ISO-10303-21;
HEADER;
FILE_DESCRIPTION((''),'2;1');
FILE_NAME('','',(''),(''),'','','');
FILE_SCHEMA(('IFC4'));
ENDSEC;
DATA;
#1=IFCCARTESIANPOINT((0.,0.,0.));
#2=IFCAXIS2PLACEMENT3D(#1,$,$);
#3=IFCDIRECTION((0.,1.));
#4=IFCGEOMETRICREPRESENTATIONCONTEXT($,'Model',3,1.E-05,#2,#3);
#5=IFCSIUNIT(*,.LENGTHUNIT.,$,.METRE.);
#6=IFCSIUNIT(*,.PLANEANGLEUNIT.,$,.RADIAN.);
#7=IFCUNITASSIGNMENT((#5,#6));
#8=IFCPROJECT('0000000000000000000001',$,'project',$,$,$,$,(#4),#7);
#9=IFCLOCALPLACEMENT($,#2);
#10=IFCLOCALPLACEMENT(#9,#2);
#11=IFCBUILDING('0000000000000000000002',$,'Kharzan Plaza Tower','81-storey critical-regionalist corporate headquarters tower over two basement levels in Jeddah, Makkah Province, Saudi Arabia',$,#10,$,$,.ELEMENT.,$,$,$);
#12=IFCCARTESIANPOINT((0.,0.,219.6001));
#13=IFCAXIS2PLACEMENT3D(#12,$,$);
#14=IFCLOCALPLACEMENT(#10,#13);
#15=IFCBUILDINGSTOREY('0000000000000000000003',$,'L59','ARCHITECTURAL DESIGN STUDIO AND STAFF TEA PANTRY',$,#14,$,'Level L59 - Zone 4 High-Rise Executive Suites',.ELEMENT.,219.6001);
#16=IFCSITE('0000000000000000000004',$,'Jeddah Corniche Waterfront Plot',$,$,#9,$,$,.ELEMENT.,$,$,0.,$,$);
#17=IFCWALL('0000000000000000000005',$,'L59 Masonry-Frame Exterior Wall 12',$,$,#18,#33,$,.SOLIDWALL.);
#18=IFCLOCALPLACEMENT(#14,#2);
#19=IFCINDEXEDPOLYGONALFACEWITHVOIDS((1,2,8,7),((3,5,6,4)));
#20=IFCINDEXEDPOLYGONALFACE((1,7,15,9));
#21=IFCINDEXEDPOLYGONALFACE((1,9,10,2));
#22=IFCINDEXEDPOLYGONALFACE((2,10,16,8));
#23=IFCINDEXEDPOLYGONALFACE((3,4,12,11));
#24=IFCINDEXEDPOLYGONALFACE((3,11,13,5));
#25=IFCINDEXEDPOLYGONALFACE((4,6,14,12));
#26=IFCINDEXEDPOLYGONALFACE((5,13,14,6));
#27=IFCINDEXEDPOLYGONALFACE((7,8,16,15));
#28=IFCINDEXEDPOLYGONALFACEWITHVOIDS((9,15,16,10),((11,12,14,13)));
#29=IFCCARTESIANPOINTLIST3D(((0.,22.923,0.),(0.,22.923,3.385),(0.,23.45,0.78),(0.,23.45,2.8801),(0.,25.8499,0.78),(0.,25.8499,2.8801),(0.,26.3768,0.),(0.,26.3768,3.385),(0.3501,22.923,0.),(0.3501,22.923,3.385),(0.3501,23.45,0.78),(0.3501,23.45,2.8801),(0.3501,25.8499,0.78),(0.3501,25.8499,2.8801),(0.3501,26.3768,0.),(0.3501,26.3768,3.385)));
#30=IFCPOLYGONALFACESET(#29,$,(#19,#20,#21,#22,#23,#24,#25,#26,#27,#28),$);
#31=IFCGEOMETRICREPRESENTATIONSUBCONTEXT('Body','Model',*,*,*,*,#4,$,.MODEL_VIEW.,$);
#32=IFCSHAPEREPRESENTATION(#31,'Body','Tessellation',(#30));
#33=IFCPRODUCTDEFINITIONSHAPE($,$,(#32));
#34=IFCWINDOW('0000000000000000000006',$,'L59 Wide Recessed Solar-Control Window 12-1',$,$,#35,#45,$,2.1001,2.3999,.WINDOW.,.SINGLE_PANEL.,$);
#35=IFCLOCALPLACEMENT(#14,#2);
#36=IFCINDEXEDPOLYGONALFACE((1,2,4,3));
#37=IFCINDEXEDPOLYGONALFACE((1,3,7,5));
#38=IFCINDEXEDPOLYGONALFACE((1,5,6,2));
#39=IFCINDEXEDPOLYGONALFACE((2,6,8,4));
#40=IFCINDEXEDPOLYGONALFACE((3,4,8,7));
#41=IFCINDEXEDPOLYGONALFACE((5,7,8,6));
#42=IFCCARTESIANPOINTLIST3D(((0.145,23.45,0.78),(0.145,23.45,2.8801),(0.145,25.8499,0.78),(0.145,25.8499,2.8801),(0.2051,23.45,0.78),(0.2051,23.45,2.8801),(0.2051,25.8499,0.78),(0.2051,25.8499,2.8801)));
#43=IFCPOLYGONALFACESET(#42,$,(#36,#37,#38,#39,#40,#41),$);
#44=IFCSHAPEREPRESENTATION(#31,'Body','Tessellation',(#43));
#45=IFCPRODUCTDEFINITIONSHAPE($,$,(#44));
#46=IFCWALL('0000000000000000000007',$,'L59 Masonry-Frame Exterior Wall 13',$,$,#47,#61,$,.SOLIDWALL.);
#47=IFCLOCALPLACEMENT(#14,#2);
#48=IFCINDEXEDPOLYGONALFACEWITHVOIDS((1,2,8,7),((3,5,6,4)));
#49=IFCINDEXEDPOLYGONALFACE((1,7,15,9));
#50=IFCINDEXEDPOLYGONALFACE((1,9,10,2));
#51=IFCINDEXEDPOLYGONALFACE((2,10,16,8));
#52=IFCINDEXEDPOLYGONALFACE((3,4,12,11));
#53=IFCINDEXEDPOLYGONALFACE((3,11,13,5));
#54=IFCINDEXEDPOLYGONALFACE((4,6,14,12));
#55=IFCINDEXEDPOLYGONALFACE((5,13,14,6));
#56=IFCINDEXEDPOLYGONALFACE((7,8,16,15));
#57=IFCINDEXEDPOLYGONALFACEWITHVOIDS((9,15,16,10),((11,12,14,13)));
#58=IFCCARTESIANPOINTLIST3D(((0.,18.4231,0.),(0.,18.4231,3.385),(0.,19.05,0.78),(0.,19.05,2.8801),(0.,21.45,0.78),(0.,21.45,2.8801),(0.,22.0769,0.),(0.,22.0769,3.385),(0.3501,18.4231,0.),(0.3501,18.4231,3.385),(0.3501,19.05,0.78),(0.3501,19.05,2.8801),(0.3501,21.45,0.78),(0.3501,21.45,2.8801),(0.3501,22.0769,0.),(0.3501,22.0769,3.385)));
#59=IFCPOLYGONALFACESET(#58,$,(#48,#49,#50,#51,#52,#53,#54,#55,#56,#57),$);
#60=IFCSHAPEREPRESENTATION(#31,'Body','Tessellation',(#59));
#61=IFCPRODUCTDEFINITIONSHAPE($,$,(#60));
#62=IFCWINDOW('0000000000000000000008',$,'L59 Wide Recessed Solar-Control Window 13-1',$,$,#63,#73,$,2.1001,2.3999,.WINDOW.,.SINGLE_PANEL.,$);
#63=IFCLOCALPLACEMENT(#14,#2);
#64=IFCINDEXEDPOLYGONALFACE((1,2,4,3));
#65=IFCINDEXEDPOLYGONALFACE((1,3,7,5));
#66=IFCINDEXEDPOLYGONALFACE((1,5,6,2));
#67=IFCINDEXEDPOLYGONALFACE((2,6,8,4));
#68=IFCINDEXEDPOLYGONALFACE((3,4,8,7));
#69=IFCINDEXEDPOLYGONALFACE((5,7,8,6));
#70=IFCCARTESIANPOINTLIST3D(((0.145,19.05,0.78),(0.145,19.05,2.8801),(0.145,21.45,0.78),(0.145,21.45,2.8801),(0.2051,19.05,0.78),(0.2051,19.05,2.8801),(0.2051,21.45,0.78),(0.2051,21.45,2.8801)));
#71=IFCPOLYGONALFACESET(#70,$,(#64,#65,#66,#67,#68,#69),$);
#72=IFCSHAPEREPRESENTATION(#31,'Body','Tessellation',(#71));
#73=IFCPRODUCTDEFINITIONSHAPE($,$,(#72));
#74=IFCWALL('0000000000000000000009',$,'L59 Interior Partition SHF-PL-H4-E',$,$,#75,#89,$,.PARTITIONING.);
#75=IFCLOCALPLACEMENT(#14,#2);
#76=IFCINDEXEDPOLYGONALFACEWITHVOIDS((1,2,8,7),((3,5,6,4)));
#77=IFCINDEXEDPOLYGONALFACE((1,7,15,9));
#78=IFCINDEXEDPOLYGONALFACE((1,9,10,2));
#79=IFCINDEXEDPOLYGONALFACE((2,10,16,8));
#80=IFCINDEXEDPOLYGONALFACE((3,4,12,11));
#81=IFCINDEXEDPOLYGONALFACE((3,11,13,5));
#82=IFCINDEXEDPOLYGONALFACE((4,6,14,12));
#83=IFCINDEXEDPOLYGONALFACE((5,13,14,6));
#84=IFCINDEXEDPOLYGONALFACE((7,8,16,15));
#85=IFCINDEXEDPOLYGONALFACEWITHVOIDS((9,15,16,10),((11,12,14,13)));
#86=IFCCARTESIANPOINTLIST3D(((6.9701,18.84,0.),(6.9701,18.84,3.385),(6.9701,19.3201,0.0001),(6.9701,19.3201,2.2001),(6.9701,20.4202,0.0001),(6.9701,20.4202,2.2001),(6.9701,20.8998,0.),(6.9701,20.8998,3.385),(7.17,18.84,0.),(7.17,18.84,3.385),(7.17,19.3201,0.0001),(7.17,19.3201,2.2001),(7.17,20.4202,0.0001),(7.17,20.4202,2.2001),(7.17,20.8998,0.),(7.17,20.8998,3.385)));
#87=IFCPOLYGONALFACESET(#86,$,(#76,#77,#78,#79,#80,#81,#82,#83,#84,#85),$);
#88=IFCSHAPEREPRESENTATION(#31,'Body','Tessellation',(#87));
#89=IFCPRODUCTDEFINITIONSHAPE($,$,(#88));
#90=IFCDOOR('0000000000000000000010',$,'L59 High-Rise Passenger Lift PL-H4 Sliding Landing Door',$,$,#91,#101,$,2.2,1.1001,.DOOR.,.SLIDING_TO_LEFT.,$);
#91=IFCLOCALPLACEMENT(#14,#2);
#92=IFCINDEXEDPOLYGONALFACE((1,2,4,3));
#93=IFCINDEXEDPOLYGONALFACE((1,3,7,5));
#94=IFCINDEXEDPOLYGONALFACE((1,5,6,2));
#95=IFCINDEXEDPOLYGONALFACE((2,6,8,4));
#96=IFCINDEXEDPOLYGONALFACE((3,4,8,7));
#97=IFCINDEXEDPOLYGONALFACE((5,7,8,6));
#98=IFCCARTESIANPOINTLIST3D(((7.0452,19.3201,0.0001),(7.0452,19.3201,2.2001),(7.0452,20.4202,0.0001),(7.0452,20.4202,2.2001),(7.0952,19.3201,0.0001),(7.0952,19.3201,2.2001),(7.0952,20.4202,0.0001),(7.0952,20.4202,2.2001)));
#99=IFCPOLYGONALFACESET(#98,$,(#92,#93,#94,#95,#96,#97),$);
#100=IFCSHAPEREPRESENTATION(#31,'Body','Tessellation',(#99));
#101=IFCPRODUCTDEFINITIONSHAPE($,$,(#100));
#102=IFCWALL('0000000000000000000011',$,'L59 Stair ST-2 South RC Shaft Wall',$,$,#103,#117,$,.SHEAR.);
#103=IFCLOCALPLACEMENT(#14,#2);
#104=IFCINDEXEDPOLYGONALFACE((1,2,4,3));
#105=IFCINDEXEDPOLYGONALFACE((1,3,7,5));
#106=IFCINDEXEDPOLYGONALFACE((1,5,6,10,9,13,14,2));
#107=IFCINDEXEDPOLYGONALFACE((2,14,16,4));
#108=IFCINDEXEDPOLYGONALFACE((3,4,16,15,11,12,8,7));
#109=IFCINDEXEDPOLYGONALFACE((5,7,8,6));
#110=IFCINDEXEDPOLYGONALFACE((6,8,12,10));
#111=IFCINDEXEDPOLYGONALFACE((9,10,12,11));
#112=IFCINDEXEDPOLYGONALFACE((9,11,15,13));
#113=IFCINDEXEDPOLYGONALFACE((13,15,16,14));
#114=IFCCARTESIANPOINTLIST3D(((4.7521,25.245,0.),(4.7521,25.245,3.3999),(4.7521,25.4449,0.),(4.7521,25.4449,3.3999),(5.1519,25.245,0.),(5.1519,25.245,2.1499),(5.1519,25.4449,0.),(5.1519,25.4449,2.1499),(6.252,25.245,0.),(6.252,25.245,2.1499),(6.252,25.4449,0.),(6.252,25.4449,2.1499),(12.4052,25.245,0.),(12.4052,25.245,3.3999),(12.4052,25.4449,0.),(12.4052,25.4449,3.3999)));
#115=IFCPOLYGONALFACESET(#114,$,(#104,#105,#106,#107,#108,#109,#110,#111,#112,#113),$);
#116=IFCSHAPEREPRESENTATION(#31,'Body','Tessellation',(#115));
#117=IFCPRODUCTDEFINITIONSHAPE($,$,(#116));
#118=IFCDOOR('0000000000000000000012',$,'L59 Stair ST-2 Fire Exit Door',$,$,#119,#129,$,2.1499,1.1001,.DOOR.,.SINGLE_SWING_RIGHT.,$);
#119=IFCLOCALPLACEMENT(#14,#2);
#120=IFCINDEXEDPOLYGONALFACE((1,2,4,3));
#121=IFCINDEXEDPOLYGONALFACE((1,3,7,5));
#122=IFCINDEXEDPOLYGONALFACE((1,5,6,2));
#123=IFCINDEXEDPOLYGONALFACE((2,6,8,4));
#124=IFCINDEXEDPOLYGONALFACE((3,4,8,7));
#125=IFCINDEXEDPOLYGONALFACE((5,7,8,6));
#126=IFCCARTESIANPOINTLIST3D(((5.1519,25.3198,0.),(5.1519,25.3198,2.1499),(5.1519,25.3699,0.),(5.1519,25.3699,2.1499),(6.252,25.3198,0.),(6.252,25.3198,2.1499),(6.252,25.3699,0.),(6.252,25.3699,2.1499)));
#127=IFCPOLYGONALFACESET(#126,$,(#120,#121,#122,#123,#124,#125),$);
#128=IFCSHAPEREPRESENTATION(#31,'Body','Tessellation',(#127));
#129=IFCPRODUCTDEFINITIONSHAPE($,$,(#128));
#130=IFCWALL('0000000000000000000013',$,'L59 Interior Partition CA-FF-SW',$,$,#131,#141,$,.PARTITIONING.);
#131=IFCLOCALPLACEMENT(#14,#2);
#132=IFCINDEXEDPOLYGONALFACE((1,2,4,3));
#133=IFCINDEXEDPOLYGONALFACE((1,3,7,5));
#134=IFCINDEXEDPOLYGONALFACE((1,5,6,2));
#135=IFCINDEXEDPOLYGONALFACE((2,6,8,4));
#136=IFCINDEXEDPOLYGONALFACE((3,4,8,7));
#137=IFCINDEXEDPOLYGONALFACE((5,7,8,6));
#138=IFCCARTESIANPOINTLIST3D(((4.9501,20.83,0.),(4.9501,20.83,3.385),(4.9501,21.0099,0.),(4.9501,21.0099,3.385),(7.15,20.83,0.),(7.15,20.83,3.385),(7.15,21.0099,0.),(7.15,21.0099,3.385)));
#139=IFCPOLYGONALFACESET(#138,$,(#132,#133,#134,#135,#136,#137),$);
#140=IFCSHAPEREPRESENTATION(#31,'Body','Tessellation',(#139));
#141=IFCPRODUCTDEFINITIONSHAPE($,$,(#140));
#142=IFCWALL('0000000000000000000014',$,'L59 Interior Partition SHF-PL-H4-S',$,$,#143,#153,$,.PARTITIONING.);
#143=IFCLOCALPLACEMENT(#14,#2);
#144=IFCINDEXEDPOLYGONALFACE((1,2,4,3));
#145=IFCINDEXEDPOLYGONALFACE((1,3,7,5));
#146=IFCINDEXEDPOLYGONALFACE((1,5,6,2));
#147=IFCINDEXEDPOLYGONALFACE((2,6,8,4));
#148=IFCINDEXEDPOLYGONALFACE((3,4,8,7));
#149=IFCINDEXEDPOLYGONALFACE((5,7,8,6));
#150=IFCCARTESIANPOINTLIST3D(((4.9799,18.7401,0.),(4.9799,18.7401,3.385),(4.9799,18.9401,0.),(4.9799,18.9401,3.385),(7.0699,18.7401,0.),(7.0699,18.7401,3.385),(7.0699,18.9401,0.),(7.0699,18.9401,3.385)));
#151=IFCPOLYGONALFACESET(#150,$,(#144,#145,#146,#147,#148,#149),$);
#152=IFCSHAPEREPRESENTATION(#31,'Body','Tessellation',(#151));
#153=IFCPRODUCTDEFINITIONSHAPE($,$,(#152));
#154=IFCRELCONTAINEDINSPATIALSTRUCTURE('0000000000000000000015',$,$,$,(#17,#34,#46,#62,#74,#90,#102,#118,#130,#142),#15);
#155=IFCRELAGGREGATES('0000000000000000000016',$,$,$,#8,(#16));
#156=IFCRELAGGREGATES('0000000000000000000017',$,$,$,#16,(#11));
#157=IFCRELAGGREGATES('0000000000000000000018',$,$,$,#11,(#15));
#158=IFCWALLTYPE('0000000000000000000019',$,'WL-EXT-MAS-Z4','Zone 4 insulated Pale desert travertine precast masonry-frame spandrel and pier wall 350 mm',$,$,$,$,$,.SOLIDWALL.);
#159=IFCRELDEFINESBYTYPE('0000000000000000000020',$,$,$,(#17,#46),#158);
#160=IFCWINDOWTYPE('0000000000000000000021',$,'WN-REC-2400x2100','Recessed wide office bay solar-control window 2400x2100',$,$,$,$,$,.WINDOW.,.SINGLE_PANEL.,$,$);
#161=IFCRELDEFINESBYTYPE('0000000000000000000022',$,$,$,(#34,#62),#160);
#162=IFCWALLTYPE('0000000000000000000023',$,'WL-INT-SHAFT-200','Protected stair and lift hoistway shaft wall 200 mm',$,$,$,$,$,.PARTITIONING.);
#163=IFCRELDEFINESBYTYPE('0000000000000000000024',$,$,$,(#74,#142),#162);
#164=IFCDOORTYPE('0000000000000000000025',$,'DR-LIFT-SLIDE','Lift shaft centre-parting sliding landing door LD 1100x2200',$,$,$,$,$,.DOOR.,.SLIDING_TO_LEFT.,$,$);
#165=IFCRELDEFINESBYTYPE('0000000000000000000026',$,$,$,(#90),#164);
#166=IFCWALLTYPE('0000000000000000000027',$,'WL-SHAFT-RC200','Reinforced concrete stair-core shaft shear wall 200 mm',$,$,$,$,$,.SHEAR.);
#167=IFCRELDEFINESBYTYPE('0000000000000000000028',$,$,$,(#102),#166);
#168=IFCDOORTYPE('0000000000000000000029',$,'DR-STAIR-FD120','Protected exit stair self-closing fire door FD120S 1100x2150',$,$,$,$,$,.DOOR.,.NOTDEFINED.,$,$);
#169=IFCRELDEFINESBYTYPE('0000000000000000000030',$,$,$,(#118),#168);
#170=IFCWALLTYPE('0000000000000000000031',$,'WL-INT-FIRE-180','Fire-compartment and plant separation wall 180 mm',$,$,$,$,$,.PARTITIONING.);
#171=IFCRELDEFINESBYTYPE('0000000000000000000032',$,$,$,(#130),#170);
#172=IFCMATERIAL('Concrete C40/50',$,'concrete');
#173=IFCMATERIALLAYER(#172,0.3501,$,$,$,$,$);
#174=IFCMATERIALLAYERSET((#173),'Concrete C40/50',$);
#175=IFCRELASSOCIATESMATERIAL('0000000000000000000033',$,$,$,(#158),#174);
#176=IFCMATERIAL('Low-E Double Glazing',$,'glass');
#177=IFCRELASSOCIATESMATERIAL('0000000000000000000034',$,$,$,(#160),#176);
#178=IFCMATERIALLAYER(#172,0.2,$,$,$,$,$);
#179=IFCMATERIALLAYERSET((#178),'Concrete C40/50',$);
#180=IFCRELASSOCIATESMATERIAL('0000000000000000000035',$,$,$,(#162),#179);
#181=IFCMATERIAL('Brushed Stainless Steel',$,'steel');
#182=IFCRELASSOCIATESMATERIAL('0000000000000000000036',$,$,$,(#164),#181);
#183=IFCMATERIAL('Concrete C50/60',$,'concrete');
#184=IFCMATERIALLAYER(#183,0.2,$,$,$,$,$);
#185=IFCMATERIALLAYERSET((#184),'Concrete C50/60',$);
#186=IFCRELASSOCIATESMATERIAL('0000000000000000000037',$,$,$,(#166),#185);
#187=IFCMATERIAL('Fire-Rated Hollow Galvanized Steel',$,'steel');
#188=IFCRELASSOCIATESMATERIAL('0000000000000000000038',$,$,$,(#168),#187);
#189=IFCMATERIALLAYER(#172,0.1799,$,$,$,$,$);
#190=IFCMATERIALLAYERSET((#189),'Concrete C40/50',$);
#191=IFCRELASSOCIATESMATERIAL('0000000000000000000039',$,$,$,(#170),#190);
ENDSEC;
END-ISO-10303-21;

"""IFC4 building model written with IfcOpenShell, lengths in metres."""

from ifc_helpers import new_model, si_unit, direction, frame, frame_2d, origin, place, context, subcontext, project, spatial, rectangle, extrude, source, transform, mapped, material, layer, layer_set, type_object, element, fill, save


model = new_model("IFC4")

# Units and contexts
model_context = context("Model", 3, precision=1e-05, world=origin(), true_north=direction((0.0, 1.0)))
body_context = subcontext(model_context, "Body", "Model", "MODEL_VIEW")
ifc_project = project(units=[si_unit("LENGTHUNIT", "METRE"), si_unit("PLANEANGLEUNIT", "RADIAN")], contexts=[model_context])

# Site, building, storey
site_placement = place(None, origin())
site = spatial("IfcSite", under=ifc_project, at=site_placement, Name="Jeddah Corniche Waterfront Plot", CompositionType="ELEMENT", RefElevation=0.0)
building_placement = place(site_placement, origin())
building = spatial("IfcBuilding", under=site, at=building_placement, Name="Kharzan Plaza Tower", Description="81-storey critical-regionalist corporate headquarters tower over two basement levels in Jeddah, Makkah Province, Saudi Arabia", CompositionType="ELEMENT")
storey_placement = place(building_placement, frame((0.0, 0.0, 219.6001)))
storey = spatial("IfcBuildingStorey", under=building, at=storey_placement, Name="L59", Description="ARCHITECTURAL DESIGN STUDIO AND STAFF TEA PANTRY", LongName="Level L59 - Zone 4 High-Rise Executive Suites", CompositionType="ELEMENT", Elevation=219.6001)

# Shared definitions
ifc_material_1 = material(Name="Concrete C50/60", Category="concrete")

# Walls, openings, windows
ifc_material_2 = material(Name="Concrete C40/50", Category="concrete")
ifc_layer_1 = layer(ifc_material_2, 0.3501)
ifc_layer_set_1 = layer_set([ifc_layer_1], Name="Concrete C40/50")
wall_type_1 = type_object("IfcWallType", Name="WL-EXT-MAS-Z4", Description="Zone 4 insulated Pale desert travertine precast masonry-frame spandrel and pier wall 350 mm", PredefinedType="SOLIDWALL", material=ifc_layer_set_1)
wall_1_placement = place(storey_placement, frame((0.175, 26.377, 0.0), z_axis=(0.0, 0.0, 1.0), x_axis=(0.0, -1.0, 0.0)))
wall_1 = element("IfcWall", 1, at=wall_1_placement, inside=storey, type_object=wall_type_1, Name="L59 Masonry-Frame Exterior Wall 12", PredefinedType="SOLIDWALL", context=body_context, shape_type="SweptSolid", body=[
    extrude(rectangle(XDim=3.4539, YDim=0.3501, at=frame_2d((1.7271, 0.0))), origin(), (0.0, 0.0, 1.0), 3.385),
])
opening_1_placement = place(wall_1_placement, frame((0.5271, 0.0, 0.78)))
opening_1 = element("IfcOpeningElement", 2, at=opening_1_placement, cuts=wall_1, PredefinedType="OPENING", context=body_context, shape_type="SweptSolid", body=[
    extrude(rectangle(XDim=2.3999, YDim=2.1001, at=frame_2d((1.2, 1.05))), frame((0.0, 0.1851, 0.0), z_axis=(0.0, -1.0, 0.0), x_axis=(1.0, 0.0, 0.0)), (0.0, 0.0, 1.0), 0.3701),
])
ifc_material_3 = material(Name="Low-E Double Glazing", Category="glass")
window_type = type_object("IfcWindowType", Name="WN-REC-2400x2100", Description="Recessed wide office bay solar-control window 2400x2100", PartitioningType="SINGLE_PANEL", PredefinedType="WINDOW", material=ifc_material_3)
shared_shape_1 = source(origin(), body_context, "Body", "SweptSolid", [
    extrude(rectangle(XDim=2.3999, YDim=2.1001, at=frame_2d((1.2, 1.05))), frame((0.0, 0.03, 0.0), z_axis=(0.0, -1.0, 0.0), x_axis=(1.0, 0.0, 0.0)), (0.0, 0.0, 1.0), 0.0601),
])
window_1_placement = place(opening_1_placement, origin())
window_1 = element("IfcWindow", 3, at=window_1_placement, inside=storey, type_object=window_type, Name="L59 Wide Recessed Solar-Control Window 12-1", OverallHeight=2.1001, OverallWidth=2.3999, PartitioningType="SINGLE_PANEL", PredefinedType="WINDOW", context=body_context, shape_type="MappedRepresentation", body=[
    mapped(shared_shape_1, transform((0.0, 0.0, 0.0), x_axis=(1.0, 0.0, 0.0), y_axis=(0.0, 1.0, 0.0), z_axis=(0.0, 0.0, 1.0))),
])
fill(opening_1, window_1)
wall_2_placement = place(storey_placement, frame((0.175, 22.0769, 0.0), z_axis=(0.0, 0.0, 1.0), x_axis=(0.0, -1.0, 0.0)))
wall_2 = element("IfcWall", 4, at=wall_2_placement, inside=storey, type_object=wall_type_1, Name="L59 Masonry-Frame Exterior Wall 13", PredefinedType="SOLIDWALL", context=body_context, shape_type="SweptSolid", body=[
    extrude(rectangle(XDim=3.6538, YDim=0.3501, at=frame_2d((1.8269, 0.0))), origin(), (0.0, 0.0, 1.0), 3.385),
])
opening_2_placement = place(wall_2_placement, frame((0.627, 0.0, 0.78)))
opening_2 = element("IfcOpeningElement", 5, at=opening_2_placement, cuts=wall_2, PredefinedType="OPENING", context=body_context, shape_type="SweptSolid", body=[
    extrude(rectangle(XDim=2.3999, YDim=2.1001, at=frame_2d((1.2, 1.05))), frame((0.0, 0.1851, 0.0), z_axis=(0.0, -1.0, 0.0), x_axis=(1.0, 0.0, 0.0)), (0.0, 0.0, 1.0), 0.3701),
])
window_2_placement = place(opening_2_placement, origin())
window_2 = element("IfcWindow", 6, at=window_2_placement, inside=storey, type_object=window_type, Name="L59 Wide Recessed Solar-Control Window 13-1", OverallHeight=2.1001, OverallWidth=2.3999, PartitioningType="SINGLE_PANEL", PredefinedType="WINDOW", context=body_context, shape_type="MappedRepresentation", body=[
    mapped(shared_shape_1, transform((0.0, 0.0, 0.0), x_axis=(1.0, 0.0, 0.0), y_axis=(0.0, 1.0, 0.0), z_axis=(0.0, 0.0, 1.0))),
])
fill(opening_2, window_2)

# Walls, openings, doors
ifc_layer_2 = layer(ifc_material_2, 0.2)
ifc_layer_set_2 = layer_set([ifc_layer_2], Name="Concrete C40/50")
wall_type_2 = type_object("IfcWallType", Name="WL-INT-SHAFT-200", Description="Protected stair and lift hoistway shaft wall 200 mm", PredefinedType="PARTITIONING", material=ifc_layer_set_2)
wall_3_placement = place(storey_placement, frame((7.0701, 18.8401, 0.0), z_axis=(0.0, 0.0, 1.0), x_axis=(0.0, 1.0, 0.0)))
wall_3 = element("IfcWall", 7, at=wall_3_placement, inside=storey, type_object=wall_type_2, Name="L59 Interior Partition SHF-PL-H4-E", PredefinedType="PARTITIONING", context=body_context, shape_type="SweptSolid", body=[
    extrude(rectangle(XDim=2.0598, YDim=0.2, at=frame_2d((1.0298, 0.0))), origin(), (0.0, 0.0, 1.0), 3.385),
])
opening_3_placement = place(wall_3_placement, frame((0.48, 0.0, 0.0)))
opening_3 = element("IfcOpeningElement", 8, at=opening_3_placement, cuts=wall_3, PredefinedType="OPENING", context=body_context, shape_type="SweptSolid", body=[
    extrude(rectangle(XDim=1.1001, YDim=2.2, at=frame_2d((0.55, 1.1001))), frame((0.0, 0.1099, 0.0), z_axis=(0.0, -1.0, 0.0), x_axis=(1.0, 0.0, 0.0)), (0.0, 0.0, 1.0), 0.22),
])
ifc_material_4 = material(Name="Brushed Stainless Steel", Category="steel")
door_type_1 = type_object("IfcDoorType", Name="DR-LIFT-SLIDE", Description="Lift shaft centre-parting sliding landing door LD 1100x2200", OperationType="SLIDING_TO_LEFT", PredefinedType="DOOR", material=ifc_material_4)
shared_shape_2 = source(origin(), body_context, "Body", "SweptSolid", [
    extrude(rectangle(XDim=1.1001, YDim=2.2, at=frame_2d((0.55, 1.1001))), frame((0.0, 0.0249, 0.0), z_axis=(0.0, -1.0, 0.0), x_axis=(1.0, 0.0, 0.0)), (0.0, 0.0, 1.0), 0.05),
])
door_1_placement = place(opening_3_placement, origin())
door_1 = element("IfcDoor", 9, at=door_1_placement, inside=storey, type_object=door_type_1, Name="L59 High-Rise Passenger Lift PL-H4 Sliding Landing Door", OperationType="SLIDING_TO_LEFT", OverallHeight=2.2, OverallWidth=1.1001, PredefinedType="DOOR", context=body_context, shape_type="MappedRepresentation", body=[
    mapped(shared_shape_2, transform((0.0, 0.0, 0.0), x_axis=(1.0, 0.0, 0.0), y_axis=(0.0, 1.0, 0.0), z_axis=(0.0, 0.0, 1.0))),
])
fill(opening_3, door_1)
ifc_layer_3 = layer(ifc_material_1, 0.2)
ifc_layer_set_3 = layer_set([ifc_layer_3], Name="Concrete C50/60")
wall_type_3 = type_object("IfcWallType", Name="WL-SHAFT-RC200", Description="Reinforced concrete stair-core shaft shear wall 200 mm", PredefinedType="SHEAR", material=ifc_layer_set_3)
wall_4_placement = place(storey_placement, frame((4.752, 25.345, 0.0), z_axis=(0.0, 0.0, 1.0), x_axis=(1.0, 0.0, 0.0)))
wall_4 = element("IfcWall", 10, at=wall_4_placement, inside=storey, type_object=wall_type_3, Name="L59 Stair ST-2 South RC Shaft Wall", PredefinedType="SHEAR", context=body_context, shape_type="SweptSolid", body=[
    extrude(rectangle(XDim=7.6531, YDim=0.2, at=frame_2d((3.8267, 0.0))), origin(), (0.0, 0.0, 1.0), 3.3999),
])
opening_4_placement = place(wall_4_placement, frame((0.3999, 0.0, 0.0)))
opening_4 = element("IfcOpeningElement", 11, at=opening_4_placement, cuts=wall_4, PredefinedType="OPENING", context=body_context, shape_type="SweptSolid", body=[
    extrude(rectangle(XDim=1.1001, YDim=2.1499, at=frame_2d((0.55, 1.075))), frame((0.0, 0.1099, 0.0), z_axis=(0.0, -1.0, 0.0), x_axis=(1.0, 0.0, 0.0)), (0.0, 0.0, 1.0), 0.22),
])
ifc_material_5 = material(Name="Fire-Rated Hollow Galvanized Steel", Category="steel")
door_type_2 = type_object("IfcDoorType", Name="DR-STAIR-FD120", Description="Protected exit stair self-closing fire door FD120S 1100x2150", OperationType="NOTDEFINED", PredefinedType="DOOR", material=ifc_material_5)
shared_shape_3 = source(origin(), body_context, "Body", "SweptSolid", [
    extrude(rectangle(XDim=1.1001, YDim=2.1499, at=frame_2d((0.55, 1.075))), frame((0.0, 0.0249, 0.0), z_axis=(0.0, -1.0, 0.0), x_axis=(1.0, 0.0, 0.0)), (0.0, 0.0, 1.0), 0.05),
])
door_2_placement = place(opening_4_placement, origin())
door_2 = element("IfcDoor", 12, at=door_2_placement, inside=storey, type_object=door_type_2, Name="L59 Stair ST-2 Fire Exit Door", OperationType="SINGLE_SWING_RIGHT", OverallHeight=2.1499, OverallWidth=1.1001, PredefinedType="DOOR", context=body_context, shape_type="MappedRepresentation", body=[
    mapped(shared_shape_3, transform((0.0, 0.0, 0.0), x_axis=(1.0, 0.0, 0.0), y_axis=(0.0, 1.0, 0.0), z_axis=(0.0, 0.0, 1.0))),
])
fill(opening_4, door_2)

# Walls
ifc_layer_4 = layer(ifc_material_2, 0.1799)
ifc_layer_set_4 = layer_set([ifc_layer_4], Name="Concrete C40/50")
wall_type_4 = type_object("IfcWallType", Name="WL-INT-FIRE-180", Description="Fire-compartment and plant separation wall 180 mm", PredefinedType="PARTITIONING", material=ifc_layer_set_4)
shared_shape_4 = source(origin(), body_context, "Body", "SweptSolid", [
    extrude(rectangle(XDim=2.2, YDim=0.1799, at=frame_2d((1.1001, 0.0))), origin(), (0.0, 0.0, 1.0), 3.385),
])
wall_5_placement = place(storey_placement, frame((4.95, 20.9199, 0.0), z_axis=(0.0, 0.0, 1.0), x_axis=(1.0, 0.0, 0.0)))
element("IfcWall", 13, at=wall_5_placement, inside=storey, type_object=wall_type_4, Name="L59 Interior Partition CA-FF-SW", PredefinedType="PARTITIONING", context=body_context, shape_type="MappedRepresentation", body=[
    mapped(shared_shape_4, transform((0.0, 0.0, 0.0), x_axis=(1.0, 0.0, 0.0), y_axis=(0.0, 1.0, 0.0), z_axis=(0.0, 0.0, 1.0))),
])
shared_shape_5 = source(origin(), body_context, "Body", "SweptSolid", [
    extrude(rectangle(XDim=2.0901, YDim=0.2, at=frame_2d((1.0449, 0.0))), origin(), (0.0, 0.0, 1.0), 3.385),
])
wall_6_placement = place(storey_placement, frame((4.98, 18.8401, 0.0), z_axis=(0.0, 0.0, 1.0), x_axis=(1.0, 0.0, 0.0)))
element("IfcWall", 14, at=wall_6_placement, inside=storey, type_object=wall_type_2, Name="L59 Interior Partition SHF-PL-H4-S", PredefinedType="PARTITIONING", context=body_context, shape_type="MappedRepresentation", body=[
    mapped(shared_shape_5, transform((0.0, 0.0, 0.0), x_axis=(1.0, 0.0, 0.0), y_axis=(0.0, 1.0, 0.0), z_axis=(0.0, 0.0, 1.0))),
])

save(model, "model.ifc")
